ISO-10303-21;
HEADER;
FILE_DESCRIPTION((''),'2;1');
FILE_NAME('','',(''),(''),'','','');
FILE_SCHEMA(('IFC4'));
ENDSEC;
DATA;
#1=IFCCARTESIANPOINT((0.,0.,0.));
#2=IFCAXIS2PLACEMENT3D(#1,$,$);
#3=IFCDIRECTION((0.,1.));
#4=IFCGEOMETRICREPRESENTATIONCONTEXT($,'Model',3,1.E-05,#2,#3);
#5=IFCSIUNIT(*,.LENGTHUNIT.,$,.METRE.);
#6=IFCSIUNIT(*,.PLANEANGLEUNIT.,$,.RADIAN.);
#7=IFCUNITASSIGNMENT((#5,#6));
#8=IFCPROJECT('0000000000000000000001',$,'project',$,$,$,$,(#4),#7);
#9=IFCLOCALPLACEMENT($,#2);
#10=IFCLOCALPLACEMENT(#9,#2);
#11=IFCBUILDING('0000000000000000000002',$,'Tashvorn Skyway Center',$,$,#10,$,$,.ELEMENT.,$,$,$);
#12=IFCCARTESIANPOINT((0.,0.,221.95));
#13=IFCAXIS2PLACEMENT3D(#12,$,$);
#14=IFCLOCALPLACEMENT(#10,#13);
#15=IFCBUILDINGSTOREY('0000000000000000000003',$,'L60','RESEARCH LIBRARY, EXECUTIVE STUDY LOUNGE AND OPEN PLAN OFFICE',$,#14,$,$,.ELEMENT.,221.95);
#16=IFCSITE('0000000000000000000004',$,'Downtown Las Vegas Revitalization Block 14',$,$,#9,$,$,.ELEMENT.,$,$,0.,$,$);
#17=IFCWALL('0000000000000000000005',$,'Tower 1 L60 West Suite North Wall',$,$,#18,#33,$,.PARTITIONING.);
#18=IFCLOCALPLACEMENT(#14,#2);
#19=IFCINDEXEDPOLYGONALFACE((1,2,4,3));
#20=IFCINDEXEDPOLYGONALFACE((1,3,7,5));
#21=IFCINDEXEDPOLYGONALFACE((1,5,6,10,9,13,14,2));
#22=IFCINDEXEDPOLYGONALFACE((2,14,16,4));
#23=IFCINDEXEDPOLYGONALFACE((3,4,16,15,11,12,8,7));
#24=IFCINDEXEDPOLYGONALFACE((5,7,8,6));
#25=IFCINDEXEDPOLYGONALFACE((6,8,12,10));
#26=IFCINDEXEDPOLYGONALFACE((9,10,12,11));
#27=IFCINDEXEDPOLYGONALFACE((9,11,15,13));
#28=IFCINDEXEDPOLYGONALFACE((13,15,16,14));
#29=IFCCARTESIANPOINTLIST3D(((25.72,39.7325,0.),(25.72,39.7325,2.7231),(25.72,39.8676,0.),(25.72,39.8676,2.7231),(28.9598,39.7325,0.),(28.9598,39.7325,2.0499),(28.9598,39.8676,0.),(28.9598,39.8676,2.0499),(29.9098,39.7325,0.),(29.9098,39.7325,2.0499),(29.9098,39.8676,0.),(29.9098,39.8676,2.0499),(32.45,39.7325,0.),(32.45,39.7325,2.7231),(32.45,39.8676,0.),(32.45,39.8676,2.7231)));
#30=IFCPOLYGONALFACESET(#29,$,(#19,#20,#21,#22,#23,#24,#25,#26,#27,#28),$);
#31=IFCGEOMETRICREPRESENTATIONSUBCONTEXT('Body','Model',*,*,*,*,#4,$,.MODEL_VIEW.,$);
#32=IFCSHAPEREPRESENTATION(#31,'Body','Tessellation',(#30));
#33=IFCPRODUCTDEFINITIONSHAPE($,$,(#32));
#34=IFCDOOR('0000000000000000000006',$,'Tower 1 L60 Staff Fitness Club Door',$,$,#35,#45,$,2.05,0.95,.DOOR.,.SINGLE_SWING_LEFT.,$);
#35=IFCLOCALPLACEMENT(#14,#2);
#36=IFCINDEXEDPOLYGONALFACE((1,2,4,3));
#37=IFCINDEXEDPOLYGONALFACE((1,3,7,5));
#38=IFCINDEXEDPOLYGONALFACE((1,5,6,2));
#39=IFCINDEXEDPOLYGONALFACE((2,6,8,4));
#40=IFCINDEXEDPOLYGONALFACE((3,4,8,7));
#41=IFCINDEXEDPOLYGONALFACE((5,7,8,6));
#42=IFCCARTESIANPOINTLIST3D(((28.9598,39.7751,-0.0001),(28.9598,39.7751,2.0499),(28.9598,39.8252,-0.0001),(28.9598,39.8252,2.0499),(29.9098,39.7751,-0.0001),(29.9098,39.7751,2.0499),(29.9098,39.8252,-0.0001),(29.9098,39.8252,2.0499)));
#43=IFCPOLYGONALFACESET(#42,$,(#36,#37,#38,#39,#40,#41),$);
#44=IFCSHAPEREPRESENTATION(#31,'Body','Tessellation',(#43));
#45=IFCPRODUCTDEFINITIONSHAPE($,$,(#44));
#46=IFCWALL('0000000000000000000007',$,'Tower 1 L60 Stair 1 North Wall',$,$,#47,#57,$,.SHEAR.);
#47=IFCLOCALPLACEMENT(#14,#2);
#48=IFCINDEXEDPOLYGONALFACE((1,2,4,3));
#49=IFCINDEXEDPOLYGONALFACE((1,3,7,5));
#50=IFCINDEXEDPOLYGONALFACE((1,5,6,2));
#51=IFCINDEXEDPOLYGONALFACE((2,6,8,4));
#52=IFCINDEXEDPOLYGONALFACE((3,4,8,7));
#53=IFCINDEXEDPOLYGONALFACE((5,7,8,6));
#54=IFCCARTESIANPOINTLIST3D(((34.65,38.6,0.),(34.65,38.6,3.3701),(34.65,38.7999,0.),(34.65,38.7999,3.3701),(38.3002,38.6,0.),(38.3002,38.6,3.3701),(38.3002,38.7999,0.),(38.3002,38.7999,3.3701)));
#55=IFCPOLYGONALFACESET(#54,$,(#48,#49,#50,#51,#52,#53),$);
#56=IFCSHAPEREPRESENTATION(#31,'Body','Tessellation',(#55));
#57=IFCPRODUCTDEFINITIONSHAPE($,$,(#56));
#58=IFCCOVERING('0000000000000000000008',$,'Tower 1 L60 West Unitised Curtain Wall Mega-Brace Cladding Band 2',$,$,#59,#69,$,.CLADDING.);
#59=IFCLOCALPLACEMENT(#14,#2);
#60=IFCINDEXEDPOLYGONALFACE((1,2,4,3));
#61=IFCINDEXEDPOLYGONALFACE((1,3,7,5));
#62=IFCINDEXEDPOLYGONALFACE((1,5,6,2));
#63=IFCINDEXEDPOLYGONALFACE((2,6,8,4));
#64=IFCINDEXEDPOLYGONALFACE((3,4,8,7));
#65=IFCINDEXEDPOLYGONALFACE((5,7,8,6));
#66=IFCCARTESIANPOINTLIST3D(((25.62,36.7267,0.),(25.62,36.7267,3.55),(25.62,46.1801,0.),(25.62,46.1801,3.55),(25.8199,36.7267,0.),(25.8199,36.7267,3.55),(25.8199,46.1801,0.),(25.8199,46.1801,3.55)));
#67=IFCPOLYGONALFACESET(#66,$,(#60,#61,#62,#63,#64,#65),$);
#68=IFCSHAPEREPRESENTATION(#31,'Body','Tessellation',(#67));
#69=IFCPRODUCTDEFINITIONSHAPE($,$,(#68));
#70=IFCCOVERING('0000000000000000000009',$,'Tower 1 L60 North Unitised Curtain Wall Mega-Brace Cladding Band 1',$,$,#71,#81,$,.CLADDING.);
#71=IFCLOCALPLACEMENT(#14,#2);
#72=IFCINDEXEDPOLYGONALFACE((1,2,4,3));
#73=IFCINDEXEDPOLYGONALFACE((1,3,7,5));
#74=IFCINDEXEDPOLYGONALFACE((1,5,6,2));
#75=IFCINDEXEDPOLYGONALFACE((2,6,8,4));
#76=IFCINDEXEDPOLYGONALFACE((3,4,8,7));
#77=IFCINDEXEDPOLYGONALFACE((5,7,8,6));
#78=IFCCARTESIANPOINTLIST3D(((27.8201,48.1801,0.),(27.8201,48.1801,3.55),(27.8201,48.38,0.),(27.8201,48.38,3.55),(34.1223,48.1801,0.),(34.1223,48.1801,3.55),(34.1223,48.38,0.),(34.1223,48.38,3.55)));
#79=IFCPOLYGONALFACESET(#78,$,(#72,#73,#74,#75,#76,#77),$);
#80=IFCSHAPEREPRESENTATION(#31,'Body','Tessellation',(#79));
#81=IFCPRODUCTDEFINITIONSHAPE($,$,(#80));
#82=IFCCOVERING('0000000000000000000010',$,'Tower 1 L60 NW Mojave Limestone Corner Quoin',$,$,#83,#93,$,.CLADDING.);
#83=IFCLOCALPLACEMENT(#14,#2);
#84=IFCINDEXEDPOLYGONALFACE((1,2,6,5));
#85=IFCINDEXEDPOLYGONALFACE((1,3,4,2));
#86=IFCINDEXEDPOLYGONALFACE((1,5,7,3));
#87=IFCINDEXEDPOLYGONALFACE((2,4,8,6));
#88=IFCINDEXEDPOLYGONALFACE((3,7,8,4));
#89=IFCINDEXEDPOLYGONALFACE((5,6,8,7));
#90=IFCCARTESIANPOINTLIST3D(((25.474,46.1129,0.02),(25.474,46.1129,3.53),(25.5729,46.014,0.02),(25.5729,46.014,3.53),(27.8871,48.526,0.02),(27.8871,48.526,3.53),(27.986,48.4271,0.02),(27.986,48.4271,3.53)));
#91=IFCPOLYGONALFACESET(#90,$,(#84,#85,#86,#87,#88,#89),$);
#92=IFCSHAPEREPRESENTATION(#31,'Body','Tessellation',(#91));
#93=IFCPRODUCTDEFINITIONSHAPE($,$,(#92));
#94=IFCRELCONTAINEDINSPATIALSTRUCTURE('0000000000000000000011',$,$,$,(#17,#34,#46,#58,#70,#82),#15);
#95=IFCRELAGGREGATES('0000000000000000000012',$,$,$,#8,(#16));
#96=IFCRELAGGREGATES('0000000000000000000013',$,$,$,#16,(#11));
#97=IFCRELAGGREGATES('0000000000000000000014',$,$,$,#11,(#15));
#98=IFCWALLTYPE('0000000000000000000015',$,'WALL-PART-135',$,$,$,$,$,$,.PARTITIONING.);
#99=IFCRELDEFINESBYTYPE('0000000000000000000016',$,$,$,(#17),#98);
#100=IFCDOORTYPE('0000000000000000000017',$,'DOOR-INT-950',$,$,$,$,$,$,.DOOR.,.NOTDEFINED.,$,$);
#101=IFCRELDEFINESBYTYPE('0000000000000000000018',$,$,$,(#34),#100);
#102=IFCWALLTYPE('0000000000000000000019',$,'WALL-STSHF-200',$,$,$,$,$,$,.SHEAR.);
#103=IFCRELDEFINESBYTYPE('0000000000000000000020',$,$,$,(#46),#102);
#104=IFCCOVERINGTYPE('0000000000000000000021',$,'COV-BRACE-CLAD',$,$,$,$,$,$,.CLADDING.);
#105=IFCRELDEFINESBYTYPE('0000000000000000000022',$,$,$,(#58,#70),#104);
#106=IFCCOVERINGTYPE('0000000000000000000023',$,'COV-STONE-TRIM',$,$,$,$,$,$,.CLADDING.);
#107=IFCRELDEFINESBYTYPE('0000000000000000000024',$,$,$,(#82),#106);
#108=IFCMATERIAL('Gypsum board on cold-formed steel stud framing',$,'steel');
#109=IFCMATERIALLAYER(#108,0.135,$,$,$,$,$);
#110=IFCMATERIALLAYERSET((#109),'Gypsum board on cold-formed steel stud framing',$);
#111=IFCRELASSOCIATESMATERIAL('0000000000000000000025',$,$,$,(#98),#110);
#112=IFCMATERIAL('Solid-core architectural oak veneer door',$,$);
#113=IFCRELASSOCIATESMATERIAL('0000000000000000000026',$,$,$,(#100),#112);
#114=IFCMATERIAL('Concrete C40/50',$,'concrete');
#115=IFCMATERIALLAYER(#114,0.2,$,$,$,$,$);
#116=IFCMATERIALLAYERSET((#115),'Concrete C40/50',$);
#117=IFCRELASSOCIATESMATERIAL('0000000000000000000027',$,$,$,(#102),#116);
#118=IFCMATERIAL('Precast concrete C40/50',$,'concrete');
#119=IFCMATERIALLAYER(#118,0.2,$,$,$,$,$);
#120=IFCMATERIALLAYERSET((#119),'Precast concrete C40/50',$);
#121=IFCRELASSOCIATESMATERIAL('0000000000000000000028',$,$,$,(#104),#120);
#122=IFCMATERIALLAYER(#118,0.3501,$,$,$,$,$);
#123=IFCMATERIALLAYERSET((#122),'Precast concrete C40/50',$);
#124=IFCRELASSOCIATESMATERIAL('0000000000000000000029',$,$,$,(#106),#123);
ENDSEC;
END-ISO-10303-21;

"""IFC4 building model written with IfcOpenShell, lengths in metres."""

from ifc_helpers import new_model, si_unit, direction, frame, frame_2d, origin, origin_2d, place, context, subcontext, project, spatial, rectangle, extrude, material, layer, layer_set, type_object, element, fill, save


model = new_model("IFC4")

# Units and contexts
model_context = context("Model", 3, precision=1e-05, world=origin(), true_north=direction((0.0, 1.0)))
body_context = subcontext(model_context, "Body", "Model", "MODEL_VIEW")
ifc_project = project(units=[si_unit("LENGTHUNIT", "METRE"), si_unit("PLANEANGLEUNIT", "RADIAN")], contexts=[model_context])

# Site, building, storey
site_placement = place(None, origin())
site = spatial("IfcSite", under=ifc_project, at=site_placement, Name="Downtown Las Vegas Revitalization Block 14", CompositionType="ELEMENT", RefElevation=0.0)
building_placement = place(site_placement, origin())
building = spatial("IfcBuilding", under=site, at=building_placement, Name="Tashvorn Skyway Center", CompositionType="ELEMENT")
storey_placement = place(building_placement, frame((0.0, 0.0, 221.95)))
storey = spatial("IfcBuildingStorey", under=building, at=storey_placement, Name="L60", Description="RESEARCH LIBRARY, EXECUTIVE STUDY LOUNGE AND OPEN PLAN OFFICE", CompositionType="ELEMENT", Elevation=221.95)

# Shared definitions
ifc_material_1 = material(Name="Precast concrete C40/50", Category="concrete")
ifc_material_2 = material(Name="Gypsum board on cold-formed steel stud framing", Category="steel")

# Shared definitions
ifc_layer_1 = layer(ifc_material_2, 0.135)
ifc_layer_set_1 = layer_set([ifc_layer_1], Name="Gypsum board on cold-formed steel stud framing")
wall_type_1 = type_object("IfcWallType", Name="WALL-PART-135", PredefinedType="PARTITIONING", material=ifc_layer_set_1)
ifc_material_3 = material(Name="Solid-core architectural oak veneer door")
door_type_1 = type_object("IfcDoorType", Name="DOOR-INT-950", OperationType="NOTDEFINED", PredefinedType="DOOR", material=ifc_material_3)

# Wall, opening, door
wall_1_placement = place(storey_placement, frame((32.45, 39.8, 0.0), z_axis=(0.0, 0.0, 1.0), x_axis=(-1.0, 0.0, 0.0)))
wall_1 = element("IfcWall", 1, at=wall_1_placement, inside=storey, type_object=wall_type_1, Name="Tower 1 L60 West Suite North Wall", PredefinedType="PARTITIONING", context=body_context, shape_type="SweptSolid", body=[
    extrude(rectangle(XDim=6.73, YDim=0.135, at=frame_2d((3.365, 0.0))), origin(), (0.0, 0.0, 1.0), 2.7231),
])
opening_1_placement = place(wall_1_placement, frame((2.54, 0.0, 0.0)))
opening_1 = element("IfcOpeningElement", 2, at=opening_1_placement, cuts=wall_1, PredefinedType="OPENING", context=body_context, shape_type="SweptSolid", body=[
    extrude(rectangle(XDim=0.95, YDim=2.05, at=frame_2d((0.4751, 1.0249))), frame((0.0, 0.0774, 0.0), z_axis=(0.0, -1.0, 0.0), x_axis=(1.0, 0.0, 0.0)), (0.0, 0.0, 1.0), 0.155),
])
door_1_placement = place(opening_1_placement, origin())
door_1 = element("IfcDoor", 3, at=door_1_placement, inside=storey, type_object=door_type_1, Name="Tower 1 L60 Staff Fitness Club Door", OperationType="SINGLE_SWING_LEFT", OverallHeight=2.05, OverallWidth=0.95, PredefinedType="DOOR", context=body_context, shape_type="SweptSolid", body=[
    extrude(rectangle(XDim=0.95, YDim=2.05, at=frame_2d((0.4751, 1.0249))), frame((0.0, 0.0249, 0.0), z_axis=(0.0, -1.0, 0.0), x_axis=(1.0, 0.0, 0.0)), (0.0, 0.0, 1.0), 0.05),
])
fill(opening_1, door_1)

# Wall
ifc_material_4 = material(Name="Concrete C40/50", Category="concrete")
ifc_layer_2 = layer(ifc_material_4, 0.2)
ifc_layer_set_2 = layer_set([ifc_layer_2], Name="Concrete C40/50")
wall_type_2 = type_object("IfcWallType", Name="WALL-STSHF-200", PredefinedType="SHEAR", material=ifc_layer_set_2)
wall_2_placement = place(storey_placement, frame((34.6499, 38.7, 0.0), z_axis=(0.0, 0.0, 1.0), x_axis=(1.0, 0.0, 0.0)))
element("IfcWall", 4, at=wall_2_placement, inside=storey, type_object=wall_type_2, Name="Tower 1 L60 Stair 1 North Wall", PredefinedType="SHEAR", context=body_context, shape_type="SweptSolid", body=[
    extrude(rectangle(XDim=3.6501, YDim=0.2, at=frame_2d((1.8252, 0.0))), origin(), (0.0, 0.0, 1.0), 3.3701),
])

# Coverings
ifc_layer_3 = layer(ifc_material_1, 0.2)
ifc_layer_set_3 = layer_set([ifc_layer_3], Name="Precast concrete C40/50")
covering_type_1 = type_object("IfcCoveringType", Name="COV-BRACE-CLAD", PredefinedType="CLADDING", material=ifc_layer_set_3)
covering_1_placement = place(storey_placement, frame((25.72, 41.4534, 0.0), z_axis=(0.0, 0.0, 1.0), x_axis=(0.0, 1.0, 0.0)))
element("IfcCovering", 5, at=covering_1_placement, inside=storey, type_object=covering_type_1, Name="Tower 1 L60 West Unitised Curtain Wall Mega-Brace Cladding Band 2", PredefinedType="CLADDING", context=body_context, shape_type="SweptSolid", body=[
    extrude(rectangle(XDim=9.4534, YDim=0.2, at=origin_2d()), origin(), (0.0, 0.0, 1.0), 3.55),
])
covering_2_placement = place(storey_placement, frame((30.9712, 48.28, 0.0), z_axis=(0.0, 0.0, 1.0), x_axis=(1.0, 0.0, 0.0)))
element("IfcCovering", 6, at=covering_2_placement, inside=storey, type_object=covering_type_1, Name="Tower 1 L60 North Unitised Curtain Wall Mega-Brace Cladding Band 1", PredefinedType="CLADDING", context=body_context, shape_type="SweptSolid", body=[
    extrude(rectangle(XDim=6.3022, YDim=0.2, at=origin_2d()), origin(), (0.0, 0.0, 1.0), 3.55),
])
ifc_layer_4 = layer(ifc_material_1, 0.3501)
ifc_layer_set_4 = layer_set([ifc_layer_4], Name="Precast concrete C40/50")
covering_type_2 = type_object("IfcCoveringType", Name="COV-STONE-TRIM", PredefinedType="CLADDING", material=ifc_layer_set_4)
covering_3_placement = place(storey_placement, frame((26.73, 47.27, 0.02), z_axis=(0.0, 0.0, 1.0), x_axis=(-0.707107, -0.707107, 0.0)))
element("IfcCovering", 7, at=covering_3_placement, inside=storey, type_object=covering_type_2, Name="Tower 1 L60 NW Mojave Limestone Corner Quoin", PredefinedType="CLADDING", context=body_context, shape_type="SweptSolid", body=[
    extrude(rectangle(XDim=3.4126, YDim=0.1399, at=origin_2d()), origin(), (0.0, 0.0, 1.0), 3.51),
])

save(model, "model.ifc")
